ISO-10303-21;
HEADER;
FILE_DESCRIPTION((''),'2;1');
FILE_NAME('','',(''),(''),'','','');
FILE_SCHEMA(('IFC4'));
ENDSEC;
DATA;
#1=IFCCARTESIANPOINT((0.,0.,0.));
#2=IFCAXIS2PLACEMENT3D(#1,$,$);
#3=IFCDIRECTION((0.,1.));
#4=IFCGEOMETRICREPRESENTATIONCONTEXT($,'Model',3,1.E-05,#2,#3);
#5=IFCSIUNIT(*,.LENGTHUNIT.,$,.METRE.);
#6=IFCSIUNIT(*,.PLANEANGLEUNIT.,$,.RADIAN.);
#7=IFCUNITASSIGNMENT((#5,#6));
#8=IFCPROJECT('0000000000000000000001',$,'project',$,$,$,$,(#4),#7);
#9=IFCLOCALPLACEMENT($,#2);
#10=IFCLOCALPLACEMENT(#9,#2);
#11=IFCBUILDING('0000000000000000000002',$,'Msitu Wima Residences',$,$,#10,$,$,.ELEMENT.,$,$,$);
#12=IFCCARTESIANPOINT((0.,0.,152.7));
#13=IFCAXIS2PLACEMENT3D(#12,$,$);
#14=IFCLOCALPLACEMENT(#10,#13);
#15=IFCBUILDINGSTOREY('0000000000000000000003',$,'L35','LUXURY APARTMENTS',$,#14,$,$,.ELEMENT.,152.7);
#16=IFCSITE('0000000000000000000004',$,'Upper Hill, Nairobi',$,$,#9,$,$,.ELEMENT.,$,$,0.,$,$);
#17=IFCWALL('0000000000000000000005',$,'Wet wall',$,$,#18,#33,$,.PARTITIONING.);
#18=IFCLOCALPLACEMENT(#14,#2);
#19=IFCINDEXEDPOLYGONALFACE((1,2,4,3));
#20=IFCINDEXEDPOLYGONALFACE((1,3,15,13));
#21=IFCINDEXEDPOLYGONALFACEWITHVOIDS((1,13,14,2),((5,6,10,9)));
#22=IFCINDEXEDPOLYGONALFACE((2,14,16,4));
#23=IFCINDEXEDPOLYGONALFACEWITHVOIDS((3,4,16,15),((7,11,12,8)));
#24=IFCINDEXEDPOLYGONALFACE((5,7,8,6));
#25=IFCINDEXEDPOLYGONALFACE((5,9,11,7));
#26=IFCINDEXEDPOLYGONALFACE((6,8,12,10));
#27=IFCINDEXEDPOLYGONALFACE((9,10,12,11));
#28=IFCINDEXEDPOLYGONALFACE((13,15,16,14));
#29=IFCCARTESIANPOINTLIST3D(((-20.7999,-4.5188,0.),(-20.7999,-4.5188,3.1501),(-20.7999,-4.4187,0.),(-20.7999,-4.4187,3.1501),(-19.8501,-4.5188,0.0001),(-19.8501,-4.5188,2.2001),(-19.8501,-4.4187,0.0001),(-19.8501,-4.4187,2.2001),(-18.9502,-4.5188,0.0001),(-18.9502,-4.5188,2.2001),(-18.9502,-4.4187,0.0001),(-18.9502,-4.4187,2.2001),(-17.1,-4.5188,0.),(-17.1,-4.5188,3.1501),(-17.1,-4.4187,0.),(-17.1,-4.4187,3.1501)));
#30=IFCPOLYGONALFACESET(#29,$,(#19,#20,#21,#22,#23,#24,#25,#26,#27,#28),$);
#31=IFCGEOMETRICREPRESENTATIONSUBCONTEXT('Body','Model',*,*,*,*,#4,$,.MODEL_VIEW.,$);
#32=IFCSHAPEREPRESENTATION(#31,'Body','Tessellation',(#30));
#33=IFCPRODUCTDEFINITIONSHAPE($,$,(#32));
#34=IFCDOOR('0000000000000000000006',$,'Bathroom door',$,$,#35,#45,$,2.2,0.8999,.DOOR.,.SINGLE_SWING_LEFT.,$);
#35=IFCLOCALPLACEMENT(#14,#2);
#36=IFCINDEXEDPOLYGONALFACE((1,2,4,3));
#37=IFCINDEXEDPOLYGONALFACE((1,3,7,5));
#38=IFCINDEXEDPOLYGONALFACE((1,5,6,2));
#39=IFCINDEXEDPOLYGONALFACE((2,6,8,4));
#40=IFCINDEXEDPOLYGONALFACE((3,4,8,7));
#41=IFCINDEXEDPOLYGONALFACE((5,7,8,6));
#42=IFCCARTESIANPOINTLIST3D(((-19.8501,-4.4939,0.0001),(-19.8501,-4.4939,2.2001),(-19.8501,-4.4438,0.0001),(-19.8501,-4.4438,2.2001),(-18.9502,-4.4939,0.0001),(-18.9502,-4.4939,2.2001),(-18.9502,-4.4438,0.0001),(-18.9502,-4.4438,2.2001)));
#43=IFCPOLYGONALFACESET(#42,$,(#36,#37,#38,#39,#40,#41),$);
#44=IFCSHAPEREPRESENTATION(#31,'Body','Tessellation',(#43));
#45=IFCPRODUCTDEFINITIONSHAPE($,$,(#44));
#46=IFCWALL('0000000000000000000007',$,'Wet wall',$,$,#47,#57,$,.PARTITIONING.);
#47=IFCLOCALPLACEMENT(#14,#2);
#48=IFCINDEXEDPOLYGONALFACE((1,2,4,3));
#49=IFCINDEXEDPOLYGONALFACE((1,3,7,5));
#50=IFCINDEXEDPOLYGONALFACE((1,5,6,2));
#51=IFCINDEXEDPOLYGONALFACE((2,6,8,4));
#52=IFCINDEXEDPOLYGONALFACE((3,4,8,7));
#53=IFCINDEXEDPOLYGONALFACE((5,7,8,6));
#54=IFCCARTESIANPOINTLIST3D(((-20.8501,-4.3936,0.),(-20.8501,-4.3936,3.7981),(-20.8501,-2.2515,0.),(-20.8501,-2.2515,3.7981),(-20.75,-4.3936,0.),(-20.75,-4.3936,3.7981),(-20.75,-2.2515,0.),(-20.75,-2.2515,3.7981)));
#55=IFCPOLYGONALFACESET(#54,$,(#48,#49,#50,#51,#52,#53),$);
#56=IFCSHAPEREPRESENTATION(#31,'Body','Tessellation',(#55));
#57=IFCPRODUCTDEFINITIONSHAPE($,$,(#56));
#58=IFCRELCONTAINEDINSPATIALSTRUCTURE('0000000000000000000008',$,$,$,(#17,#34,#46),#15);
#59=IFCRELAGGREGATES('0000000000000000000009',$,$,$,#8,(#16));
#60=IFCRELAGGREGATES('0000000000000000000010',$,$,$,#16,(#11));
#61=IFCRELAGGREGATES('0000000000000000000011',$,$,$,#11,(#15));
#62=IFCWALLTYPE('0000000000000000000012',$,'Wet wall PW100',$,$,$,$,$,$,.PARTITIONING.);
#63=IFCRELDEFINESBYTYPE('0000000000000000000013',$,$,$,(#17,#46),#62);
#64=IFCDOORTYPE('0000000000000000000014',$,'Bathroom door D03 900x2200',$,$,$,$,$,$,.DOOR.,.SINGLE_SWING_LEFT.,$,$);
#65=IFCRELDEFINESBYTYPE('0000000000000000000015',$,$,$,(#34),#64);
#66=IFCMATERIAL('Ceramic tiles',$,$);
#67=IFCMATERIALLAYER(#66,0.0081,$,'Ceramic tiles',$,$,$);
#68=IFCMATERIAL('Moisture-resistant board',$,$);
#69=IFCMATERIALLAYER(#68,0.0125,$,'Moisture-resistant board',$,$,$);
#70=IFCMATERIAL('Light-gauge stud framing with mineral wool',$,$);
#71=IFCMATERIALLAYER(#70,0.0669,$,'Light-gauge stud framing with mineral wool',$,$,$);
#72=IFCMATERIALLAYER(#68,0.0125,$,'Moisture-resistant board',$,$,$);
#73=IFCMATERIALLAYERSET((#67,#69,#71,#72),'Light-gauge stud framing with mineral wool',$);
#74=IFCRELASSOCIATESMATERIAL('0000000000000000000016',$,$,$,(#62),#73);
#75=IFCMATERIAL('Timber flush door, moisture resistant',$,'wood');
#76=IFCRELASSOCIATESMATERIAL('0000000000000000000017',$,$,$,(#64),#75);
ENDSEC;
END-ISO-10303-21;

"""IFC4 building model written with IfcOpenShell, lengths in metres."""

from ifc_helpers import new_model, si_unit, direction, frame, frame_2d, origin, place, context, subcontext, project, spatial, rectangle, extrude, material, layer, layer_set, type_object, element, fill, save


model = new_model("IFC4")

# Units and contexts
model_context = context("Model", 3, precision=1e-05, world=origin(), true_north=direction((0.0, 1.0)))
body_context = subcontext(model_context, "Body", "Model", "MODEL_VIEW")
ifc_project = project(units=[si_unit("LENGTHUNIT", "METRE"), si_unit("PLANEANGLEUNIT", "RADIAN")], contexts=[model_context])

# Site, building, storey
site_placement = place(None, origin())
site = spatial("IfcSite", under=ifc_project, at=site_placement, Name="Upper Hill, Nairobi", CompositionType="ELEMENT", RefElevation=0.0)
building_placement = place(site_placement, origin())
building = spatial("IfcBuilding", under=site, at=building_placement, Name="Msitu Wima Residences", CompositionType="ELEMENT")
storey_placement = place(building_placement, frame((0.0, 0.0, 152.7)))
storey = spatial("IfcBuildingStorey", under=building, at=storey_placement, Name="L35", Description="LUXURY APARTMENTS", CompositionType="ELEMENT", Elevation=152.7)

# Wall, opening, door
ifc_material_1 = material(Name="Ceramic tiles")
ifc_layer_1 = layer(ifc_material_1, 0.0081, Name="Ceramic tiles")
ifc_material_2 = material(Name="Moisture-resistant board")
ifc_layer_2 = layer(ifc_material_2, 0.0125, Name="Moisture-resistant board")
ifc_material_3 = material(Name="Light-gauge stud framing with mineral wool")
ifc_layer_3 = layer(ifc_material_3, 0.0669, Name="Light-gauge stud framing with mineral wool")
ifc_layer_4 = layer(ifc_material_2, 0.0125, Name="Moisture-resistant board")
ifc_layer_set_1 = layer_set([ifc_layer_1, ifc_layer_2, ifc_layer_3, ifc_layer_4], Name="Light-gauge stud framing with mineral wool")
wall_type_1 = type_object("IfcWallType", Name="Wet wall PW100", PredefinedType="PARTITIONING", material=ifc_layer_set_1)
wall_1_placement = place(storey_placement, frame((-20.8, -4.4688, 0.0), z_axis=(0.0, 0.0, 1.0), x_axis=(1.0, 0.0, 0.0)))
wall_1 = element("IfcWall", 1, at=wall_1_placement, inside=storey, type_object=wall_type_1, Name="Wet wall", PredefinedType="PARTITIONING", context=body_context, shape_type="SweptSolid", body=[
    extrude(rectangle(XDim=3.7, YDim=0.1001, at=frame_2d((1.8501, 0.0))), origin(), (0.0, 0.0, 1.0), 3.1501),
])
opening_1_placement = place(wall_1_placement, frame((0.95, 0.0, 0.0)))
opening_1 = element("IfcOpeningElement", 2, at=opening_1_placement, cuts=wall_1, PredefinedType="OPENING", context=body_context, shape_type="SweptSolid", body=[
    extrude(rectangle(XDim=0.8999, YDim=2.2, at=frame_2d((0.45, 1.1001))), frame((0.0, 0.0601, 0.0), z_axis=(0.0, -1.0, 0.0), x_axis=(1.0, 0.0, 0.0)), (0.0, 0.0, 1.0), 0.1201),
])
ifc_material_4 = material(Name="Timber flush door, moisture resistant", Category="wood")
door_type_1 = type_object("IfcDoorType", Name="Bathroom door D03 900x2200", OperationType="SINGLE_SWING_LEFT", PredefinedType="DOOR", material=ifc_material_4)
door_1_placement = place(opening_1_placement, origin())
door_1 = element("IfcDoor", 3, at=door_1_placement, inside=storey, type_object=door_type_1, Name="Bathroom door", OperationType="SINGLE_SWING_LEFT", OverallHeight=2.2, OverallWidth=0.8999, PredefinedType="DOOR", context=body_context, shape_type="SweptSolid", body=[
    extrude(rectangle(XDim=0.8999, YDim=2.2, at=frame_2d((0.45, 1.1001))), frame((0.0, 0.0249, 0.0), z_axis=(0.0, -1.0, 0.0), x_axis=(1.0, 0.0, 0.0)), (0.0, 0.0, 1.0), 0.05),
])
fill(opening_1, door_1)

# Wall
wall_2_placement = place(storey_placement, frame((-20.8, -4.3936, 0.0), z_axis=(0.0, 0.0, 1.0), x_axis=(0.0, 1.0, 0.0)))
element("IfcWall", 4, at=wall_2_placement, inside=storey, type_object=wall_type_1, Name="Wet wall", PredefinedType="PARTITIONING", context=body_context, shape_type="SweptSolid", body=[
    extrude(rectangle(XDim=2.1421, YDim=0.1001, at=frame_2d((1.071, 0.0))), origin(), (0.0, 0.0, 1.0), 3.7981),
])

save(model, "model.ifc")
